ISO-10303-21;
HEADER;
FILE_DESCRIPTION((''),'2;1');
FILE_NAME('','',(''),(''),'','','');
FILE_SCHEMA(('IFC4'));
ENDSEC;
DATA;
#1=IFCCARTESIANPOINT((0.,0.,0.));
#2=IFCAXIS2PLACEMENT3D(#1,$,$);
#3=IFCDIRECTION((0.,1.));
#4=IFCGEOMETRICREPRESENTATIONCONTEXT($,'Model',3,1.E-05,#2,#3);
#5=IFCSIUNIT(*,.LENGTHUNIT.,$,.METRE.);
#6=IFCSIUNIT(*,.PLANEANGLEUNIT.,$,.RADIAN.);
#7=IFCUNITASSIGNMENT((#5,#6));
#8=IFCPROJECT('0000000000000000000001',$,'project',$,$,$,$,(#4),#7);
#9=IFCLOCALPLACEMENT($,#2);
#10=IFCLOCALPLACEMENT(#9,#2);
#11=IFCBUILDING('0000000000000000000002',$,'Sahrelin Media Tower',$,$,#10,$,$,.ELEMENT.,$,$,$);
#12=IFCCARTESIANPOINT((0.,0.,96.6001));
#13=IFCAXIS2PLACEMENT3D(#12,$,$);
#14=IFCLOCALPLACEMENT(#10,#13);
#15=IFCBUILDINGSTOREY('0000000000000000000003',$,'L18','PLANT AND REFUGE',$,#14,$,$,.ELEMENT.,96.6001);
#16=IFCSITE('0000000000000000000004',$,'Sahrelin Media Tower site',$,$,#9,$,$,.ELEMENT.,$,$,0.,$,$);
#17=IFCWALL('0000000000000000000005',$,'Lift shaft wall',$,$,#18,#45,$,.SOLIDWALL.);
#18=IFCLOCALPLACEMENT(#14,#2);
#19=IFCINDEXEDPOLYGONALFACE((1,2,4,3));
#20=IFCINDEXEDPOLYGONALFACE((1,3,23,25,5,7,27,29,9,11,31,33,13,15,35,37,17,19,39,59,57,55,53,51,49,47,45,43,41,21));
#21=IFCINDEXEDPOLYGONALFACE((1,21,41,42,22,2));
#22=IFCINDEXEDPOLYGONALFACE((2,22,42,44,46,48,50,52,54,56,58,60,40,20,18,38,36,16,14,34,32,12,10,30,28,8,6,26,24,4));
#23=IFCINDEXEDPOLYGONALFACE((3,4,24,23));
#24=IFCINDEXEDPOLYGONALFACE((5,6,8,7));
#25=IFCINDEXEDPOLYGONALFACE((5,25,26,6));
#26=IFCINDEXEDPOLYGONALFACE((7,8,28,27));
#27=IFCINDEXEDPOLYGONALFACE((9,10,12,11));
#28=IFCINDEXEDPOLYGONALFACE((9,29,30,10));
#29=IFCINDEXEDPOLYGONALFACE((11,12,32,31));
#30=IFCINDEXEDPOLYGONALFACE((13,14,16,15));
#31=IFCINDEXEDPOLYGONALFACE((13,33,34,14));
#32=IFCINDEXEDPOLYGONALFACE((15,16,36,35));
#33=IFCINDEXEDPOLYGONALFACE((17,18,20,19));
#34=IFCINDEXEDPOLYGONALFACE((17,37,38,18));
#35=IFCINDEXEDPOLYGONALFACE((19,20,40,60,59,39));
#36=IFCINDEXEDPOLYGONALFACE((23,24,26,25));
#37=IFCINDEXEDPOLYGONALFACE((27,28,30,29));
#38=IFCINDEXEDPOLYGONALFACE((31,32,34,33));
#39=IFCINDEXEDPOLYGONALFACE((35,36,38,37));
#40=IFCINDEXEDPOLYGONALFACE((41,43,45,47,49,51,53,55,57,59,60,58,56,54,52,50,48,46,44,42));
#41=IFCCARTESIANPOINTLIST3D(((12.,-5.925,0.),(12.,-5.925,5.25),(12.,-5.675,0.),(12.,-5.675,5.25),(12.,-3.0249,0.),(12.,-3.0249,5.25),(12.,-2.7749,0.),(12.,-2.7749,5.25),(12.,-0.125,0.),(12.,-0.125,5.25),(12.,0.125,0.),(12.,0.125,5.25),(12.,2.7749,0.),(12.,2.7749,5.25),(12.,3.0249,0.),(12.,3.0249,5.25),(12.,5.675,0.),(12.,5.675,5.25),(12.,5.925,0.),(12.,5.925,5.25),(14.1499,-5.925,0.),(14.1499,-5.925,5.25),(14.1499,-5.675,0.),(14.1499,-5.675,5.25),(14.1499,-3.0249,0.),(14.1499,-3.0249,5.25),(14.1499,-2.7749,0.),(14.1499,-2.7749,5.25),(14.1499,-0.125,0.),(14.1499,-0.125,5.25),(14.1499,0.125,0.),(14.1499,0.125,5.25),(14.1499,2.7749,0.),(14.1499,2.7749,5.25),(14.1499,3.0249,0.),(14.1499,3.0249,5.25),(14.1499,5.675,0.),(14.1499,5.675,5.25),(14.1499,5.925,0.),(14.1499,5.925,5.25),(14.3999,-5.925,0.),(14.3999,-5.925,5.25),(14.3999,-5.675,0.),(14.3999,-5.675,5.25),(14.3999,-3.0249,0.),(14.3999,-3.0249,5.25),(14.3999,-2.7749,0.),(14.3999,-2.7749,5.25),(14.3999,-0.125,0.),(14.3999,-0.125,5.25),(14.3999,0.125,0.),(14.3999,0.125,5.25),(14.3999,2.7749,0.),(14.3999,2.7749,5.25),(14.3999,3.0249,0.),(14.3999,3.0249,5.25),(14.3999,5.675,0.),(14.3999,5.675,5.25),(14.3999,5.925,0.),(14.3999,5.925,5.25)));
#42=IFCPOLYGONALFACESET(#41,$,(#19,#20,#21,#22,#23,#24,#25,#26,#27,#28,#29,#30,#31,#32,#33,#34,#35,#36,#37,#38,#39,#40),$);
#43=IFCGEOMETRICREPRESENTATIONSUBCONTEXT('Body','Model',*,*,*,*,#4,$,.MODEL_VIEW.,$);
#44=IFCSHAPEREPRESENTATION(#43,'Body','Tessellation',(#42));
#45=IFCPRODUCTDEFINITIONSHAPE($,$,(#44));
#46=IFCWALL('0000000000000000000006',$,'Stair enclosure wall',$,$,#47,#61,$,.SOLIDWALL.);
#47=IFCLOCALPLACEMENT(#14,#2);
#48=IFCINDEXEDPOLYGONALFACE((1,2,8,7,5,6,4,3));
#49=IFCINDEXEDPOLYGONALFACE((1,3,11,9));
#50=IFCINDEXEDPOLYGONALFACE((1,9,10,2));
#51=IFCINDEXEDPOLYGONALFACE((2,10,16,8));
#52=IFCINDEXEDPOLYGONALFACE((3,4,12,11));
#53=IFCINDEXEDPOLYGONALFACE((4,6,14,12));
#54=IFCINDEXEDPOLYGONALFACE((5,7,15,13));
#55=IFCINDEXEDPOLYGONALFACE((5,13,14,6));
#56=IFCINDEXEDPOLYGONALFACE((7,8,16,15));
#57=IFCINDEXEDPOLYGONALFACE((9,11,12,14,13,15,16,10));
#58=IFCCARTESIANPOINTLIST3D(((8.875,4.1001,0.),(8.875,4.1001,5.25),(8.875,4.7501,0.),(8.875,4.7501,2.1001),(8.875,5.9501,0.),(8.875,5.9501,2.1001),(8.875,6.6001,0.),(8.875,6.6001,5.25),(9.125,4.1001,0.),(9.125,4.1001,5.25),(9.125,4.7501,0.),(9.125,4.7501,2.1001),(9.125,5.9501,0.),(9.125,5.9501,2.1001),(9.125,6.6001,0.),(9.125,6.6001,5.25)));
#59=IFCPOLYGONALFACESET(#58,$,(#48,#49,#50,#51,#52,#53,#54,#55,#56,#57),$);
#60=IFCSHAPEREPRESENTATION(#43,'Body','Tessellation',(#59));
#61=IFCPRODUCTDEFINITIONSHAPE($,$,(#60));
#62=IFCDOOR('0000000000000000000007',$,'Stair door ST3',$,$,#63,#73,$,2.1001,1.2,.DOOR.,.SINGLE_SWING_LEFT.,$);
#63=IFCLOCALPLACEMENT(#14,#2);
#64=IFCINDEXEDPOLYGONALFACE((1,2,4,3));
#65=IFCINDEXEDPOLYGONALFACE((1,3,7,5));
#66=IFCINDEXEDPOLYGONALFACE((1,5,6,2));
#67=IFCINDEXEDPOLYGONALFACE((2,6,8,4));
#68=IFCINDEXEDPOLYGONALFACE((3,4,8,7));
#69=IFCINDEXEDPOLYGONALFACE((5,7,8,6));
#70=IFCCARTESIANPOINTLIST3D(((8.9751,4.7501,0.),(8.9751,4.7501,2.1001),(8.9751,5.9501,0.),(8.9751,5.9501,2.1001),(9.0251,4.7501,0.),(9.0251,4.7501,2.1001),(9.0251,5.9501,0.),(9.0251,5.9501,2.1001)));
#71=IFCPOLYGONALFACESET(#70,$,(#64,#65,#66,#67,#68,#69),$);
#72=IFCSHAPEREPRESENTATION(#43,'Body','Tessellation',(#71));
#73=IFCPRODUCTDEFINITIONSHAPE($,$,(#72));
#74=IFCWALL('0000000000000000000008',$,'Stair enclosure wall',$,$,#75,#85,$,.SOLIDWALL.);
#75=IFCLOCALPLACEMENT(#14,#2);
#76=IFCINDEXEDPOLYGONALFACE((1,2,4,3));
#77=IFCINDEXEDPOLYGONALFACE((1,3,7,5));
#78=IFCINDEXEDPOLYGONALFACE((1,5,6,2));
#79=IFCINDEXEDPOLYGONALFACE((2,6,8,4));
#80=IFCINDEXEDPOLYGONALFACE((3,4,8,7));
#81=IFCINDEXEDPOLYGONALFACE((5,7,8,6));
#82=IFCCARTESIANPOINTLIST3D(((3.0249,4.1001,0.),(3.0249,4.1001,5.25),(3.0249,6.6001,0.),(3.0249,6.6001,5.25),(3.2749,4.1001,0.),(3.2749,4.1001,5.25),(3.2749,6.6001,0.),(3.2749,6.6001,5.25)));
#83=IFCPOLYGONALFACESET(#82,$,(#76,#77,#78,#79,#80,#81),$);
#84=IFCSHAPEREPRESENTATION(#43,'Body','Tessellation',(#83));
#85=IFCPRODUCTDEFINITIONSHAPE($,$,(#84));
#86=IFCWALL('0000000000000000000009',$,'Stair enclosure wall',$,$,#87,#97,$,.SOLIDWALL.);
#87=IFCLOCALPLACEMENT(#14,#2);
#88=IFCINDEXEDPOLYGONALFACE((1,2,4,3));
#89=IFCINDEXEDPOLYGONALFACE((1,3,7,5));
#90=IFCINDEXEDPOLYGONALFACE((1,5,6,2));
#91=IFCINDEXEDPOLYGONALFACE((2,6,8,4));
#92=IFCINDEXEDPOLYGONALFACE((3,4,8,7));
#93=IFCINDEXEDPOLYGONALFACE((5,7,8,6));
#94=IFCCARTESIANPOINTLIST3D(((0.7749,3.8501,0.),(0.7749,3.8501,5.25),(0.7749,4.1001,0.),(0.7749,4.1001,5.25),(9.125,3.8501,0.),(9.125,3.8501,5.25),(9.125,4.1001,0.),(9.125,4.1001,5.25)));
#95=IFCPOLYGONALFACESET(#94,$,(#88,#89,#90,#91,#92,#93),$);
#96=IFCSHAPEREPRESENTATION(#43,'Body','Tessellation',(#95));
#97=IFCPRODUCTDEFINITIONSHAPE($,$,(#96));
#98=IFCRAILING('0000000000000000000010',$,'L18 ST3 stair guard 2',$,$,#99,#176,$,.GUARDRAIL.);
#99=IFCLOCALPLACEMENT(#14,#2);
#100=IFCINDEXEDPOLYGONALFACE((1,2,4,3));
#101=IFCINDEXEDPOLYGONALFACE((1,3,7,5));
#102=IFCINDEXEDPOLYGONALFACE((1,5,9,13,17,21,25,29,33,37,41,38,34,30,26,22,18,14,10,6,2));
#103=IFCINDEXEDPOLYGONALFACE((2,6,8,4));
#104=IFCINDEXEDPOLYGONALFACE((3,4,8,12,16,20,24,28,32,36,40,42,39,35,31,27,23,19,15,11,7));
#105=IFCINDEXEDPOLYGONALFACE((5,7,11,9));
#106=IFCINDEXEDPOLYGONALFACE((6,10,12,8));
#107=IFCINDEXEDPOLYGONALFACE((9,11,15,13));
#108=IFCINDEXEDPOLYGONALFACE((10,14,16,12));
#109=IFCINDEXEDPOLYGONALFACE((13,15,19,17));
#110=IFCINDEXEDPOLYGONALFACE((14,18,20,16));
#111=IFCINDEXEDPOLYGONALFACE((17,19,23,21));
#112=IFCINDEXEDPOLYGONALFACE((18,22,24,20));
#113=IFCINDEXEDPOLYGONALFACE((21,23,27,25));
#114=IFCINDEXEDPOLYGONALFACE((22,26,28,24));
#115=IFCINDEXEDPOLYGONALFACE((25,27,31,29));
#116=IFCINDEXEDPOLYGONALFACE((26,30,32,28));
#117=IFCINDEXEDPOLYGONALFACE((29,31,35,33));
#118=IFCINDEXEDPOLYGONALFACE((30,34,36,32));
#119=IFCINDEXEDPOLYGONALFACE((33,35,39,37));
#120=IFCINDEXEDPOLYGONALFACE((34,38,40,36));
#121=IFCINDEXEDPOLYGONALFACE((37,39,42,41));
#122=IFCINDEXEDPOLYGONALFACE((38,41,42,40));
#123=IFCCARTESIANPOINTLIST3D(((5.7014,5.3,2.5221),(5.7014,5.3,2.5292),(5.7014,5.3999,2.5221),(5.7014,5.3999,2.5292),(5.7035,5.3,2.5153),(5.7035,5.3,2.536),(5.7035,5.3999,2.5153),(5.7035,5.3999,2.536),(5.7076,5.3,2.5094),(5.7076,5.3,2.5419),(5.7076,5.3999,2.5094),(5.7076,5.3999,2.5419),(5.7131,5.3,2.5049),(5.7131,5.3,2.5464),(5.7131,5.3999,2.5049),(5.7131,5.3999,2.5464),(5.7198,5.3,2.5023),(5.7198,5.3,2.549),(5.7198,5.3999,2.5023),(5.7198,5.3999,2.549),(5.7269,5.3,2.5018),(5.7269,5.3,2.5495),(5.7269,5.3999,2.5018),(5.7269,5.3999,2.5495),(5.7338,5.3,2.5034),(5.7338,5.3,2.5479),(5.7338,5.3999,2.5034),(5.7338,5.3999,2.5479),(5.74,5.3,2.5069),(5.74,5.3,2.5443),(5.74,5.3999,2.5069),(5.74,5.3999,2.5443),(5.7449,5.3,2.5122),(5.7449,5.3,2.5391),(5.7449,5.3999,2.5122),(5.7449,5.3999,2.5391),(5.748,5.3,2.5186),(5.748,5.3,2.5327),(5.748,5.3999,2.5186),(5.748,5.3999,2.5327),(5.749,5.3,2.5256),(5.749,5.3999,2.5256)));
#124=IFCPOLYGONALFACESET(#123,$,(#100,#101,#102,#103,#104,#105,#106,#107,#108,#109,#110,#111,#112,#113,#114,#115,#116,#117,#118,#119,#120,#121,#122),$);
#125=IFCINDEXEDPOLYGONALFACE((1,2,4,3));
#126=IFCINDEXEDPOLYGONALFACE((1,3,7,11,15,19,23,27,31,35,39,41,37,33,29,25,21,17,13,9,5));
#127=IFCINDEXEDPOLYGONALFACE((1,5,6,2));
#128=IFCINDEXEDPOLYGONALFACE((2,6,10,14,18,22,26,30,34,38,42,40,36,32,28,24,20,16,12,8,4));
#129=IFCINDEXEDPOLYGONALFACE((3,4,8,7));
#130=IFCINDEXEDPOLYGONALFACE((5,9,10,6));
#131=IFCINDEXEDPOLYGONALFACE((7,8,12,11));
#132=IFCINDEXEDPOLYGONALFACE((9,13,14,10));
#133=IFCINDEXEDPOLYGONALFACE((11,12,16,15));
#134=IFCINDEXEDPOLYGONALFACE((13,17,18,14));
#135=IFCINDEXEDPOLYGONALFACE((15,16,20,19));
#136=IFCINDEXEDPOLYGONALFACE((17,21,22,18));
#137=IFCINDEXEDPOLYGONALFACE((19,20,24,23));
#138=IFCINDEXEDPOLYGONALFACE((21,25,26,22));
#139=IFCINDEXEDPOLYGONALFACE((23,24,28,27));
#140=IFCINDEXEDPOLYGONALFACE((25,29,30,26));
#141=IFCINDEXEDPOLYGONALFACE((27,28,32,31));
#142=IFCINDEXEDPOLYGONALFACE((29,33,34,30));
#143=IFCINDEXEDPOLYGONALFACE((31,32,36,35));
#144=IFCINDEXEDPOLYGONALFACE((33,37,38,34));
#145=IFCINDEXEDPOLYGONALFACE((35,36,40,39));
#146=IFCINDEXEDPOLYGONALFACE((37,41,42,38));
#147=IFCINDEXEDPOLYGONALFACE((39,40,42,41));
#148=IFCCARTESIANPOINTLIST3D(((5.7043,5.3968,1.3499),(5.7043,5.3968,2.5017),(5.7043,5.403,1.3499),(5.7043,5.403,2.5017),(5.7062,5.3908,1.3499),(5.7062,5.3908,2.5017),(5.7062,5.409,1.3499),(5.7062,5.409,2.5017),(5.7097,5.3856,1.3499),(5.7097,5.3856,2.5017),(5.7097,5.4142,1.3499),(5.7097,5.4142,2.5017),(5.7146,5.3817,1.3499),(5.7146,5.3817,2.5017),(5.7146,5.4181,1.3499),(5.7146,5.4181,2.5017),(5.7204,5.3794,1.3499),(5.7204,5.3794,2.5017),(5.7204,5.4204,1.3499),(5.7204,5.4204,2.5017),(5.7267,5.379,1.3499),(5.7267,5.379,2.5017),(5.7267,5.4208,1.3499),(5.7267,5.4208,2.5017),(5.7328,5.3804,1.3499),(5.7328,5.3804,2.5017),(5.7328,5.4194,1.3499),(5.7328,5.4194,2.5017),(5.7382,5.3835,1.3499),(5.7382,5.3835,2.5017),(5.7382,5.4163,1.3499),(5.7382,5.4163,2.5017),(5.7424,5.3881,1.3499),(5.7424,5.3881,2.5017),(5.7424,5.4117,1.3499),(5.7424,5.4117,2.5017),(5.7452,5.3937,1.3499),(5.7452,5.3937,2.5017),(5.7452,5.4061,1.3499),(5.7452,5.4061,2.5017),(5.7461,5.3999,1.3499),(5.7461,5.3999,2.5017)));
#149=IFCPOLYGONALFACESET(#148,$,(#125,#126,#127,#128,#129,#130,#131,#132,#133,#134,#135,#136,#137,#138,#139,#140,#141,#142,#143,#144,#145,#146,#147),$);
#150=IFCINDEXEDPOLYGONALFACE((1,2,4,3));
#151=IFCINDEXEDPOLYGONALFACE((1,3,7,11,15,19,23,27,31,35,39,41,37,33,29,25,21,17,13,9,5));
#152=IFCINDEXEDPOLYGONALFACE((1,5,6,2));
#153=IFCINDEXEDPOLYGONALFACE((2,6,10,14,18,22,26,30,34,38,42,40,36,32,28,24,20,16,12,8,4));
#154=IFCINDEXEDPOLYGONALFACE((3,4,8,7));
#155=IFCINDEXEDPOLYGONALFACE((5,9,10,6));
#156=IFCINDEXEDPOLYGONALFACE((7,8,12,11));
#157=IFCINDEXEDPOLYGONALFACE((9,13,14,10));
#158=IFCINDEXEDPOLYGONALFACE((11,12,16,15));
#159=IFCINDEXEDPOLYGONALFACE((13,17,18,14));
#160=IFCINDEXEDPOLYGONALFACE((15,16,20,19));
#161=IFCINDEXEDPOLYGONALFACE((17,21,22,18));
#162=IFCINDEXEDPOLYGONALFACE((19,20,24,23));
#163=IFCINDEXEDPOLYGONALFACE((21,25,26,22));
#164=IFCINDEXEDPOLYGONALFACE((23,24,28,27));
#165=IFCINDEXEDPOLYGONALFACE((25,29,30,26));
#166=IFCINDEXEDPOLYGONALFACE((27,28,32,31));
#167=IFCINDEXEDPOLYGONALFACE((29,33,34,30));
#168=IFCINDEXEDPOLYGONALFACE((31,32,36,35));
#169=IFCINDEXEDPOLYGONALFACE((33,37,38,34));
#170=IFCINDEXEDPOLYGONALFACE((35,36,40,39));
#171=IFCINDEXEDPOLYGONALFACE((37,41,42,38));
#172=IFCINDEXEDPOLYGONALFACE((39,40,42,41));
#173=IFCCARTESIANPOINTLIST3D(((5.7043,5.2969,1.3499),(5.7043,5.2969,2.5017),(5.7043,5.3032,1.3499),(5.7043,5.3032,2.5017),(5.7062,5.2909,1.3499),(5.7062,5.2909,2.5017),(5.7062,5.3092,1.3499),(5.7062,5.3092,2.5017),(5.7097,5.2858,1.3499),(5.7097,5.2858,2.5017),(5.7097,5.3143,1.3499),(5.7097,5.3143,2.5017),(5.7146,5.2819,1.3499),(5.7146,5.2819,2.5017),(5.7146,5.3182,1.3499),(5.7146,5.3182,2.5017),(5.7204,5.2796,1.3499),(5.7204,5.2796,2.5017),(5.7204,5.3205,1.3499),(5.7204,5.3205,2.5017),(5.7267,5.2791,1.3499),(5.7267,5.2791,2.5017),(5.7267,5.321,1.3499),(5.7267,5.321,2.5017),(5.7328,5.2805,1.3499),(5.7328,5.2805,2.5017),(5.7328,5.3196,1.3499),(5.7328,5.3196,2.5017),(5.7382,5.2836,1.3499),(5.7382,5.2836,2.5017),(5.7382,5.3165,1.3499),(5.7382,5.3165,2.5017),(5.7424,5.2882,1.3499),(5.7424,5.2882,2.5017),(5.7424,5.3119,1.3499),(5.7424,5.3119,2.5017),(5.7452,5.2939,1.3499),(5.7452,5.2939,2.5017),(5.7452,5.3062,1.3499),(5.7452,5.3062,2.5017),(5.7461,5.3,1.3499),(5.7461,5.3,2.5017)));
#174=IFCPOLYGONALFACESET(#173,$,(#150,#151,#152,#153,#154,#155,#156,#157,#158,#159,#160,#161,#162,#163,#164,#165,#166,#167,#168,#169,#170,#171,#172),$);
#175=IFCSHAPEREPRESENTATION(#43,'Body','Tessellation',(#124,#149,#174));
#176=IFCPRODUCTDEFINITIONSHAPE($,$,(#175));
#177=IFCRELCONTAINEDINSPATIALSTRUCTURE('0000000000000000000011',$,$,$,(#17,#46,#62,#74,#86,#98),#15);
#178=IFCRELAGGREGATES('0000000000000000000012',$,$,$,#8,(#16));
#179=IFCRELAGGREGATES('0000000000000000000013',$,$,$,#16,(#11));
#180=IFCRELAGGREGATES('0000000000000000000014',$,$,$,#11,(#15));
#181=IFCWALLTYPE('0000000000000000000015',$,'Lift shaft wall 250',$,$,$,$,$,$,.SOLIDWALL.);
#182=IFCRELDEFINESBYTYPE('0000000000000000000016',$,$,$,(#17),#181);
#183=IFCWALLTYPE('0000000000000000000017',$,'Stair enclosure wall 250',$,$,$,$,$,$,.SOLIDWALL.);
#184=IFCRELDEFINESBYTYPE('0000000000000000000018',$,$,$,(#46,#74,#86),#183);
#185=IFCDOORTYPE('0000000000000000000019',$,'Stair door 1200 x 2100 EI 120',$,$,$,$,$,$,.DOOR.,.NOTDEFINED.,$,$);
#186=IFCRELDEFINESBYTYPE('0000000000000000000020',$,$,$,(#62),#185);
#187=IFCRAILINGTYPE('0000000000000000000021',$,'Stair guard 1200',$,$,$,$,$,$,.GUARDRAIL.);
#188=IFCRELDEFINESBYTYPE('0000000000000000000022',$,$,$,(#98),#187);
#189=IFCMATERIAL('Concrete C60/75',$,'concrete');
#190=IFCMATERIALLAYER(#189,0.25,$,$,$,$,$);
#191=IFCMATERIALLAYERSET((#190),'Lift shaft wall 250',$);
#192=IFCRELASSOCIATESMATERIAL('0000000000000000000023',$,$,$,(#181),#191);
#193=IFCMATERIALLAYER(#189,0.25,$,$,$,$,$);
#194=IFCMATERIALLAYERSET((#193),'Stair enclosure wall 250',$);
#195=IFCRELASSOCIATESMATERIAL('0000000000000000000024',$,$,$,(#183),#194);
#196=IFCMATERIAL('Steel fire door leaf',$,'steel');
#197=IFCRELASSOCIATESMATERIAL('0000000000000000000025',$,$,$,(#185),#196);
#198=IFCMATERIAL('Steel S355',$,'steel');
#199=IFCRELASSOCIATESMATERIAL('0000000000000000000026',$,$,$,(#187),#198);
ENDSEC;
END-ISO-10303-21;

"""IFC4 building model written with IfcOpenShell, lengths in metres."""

from ifc_helpers import new_model, si_unit, direction, frame, frame_2d, origin, origin_2d, place, context, subcontext, project, spatial, polyline, rectangle, circle, outline, extrude, material, layer, layer_set, type_object, element, fill, save


model = new_model("IFC4")

# Units and contexts
model_context = context("Model", 3, precision=1e-05, world=origin(), true_north=direction((0.0, 1.0)))
body_context = subcontext(model_context, "Body", "Model", "MODEL_VIEW")
ifc_project = project(units=[si_unit("LENGTHUNIT", "METRE"), si_unit("PLANEANGLEUNIT", "RADIAN")], contexts=[model_context])

# Site, building, storey
site_placement = place(None, origin())
site = spatial("IfcSite", under=ifc_project, at=site_placement, Name="Sahrelin Media Tower site", CompositionType="ELEMENT", RefElevation=0.0)
building_placement = place(site_placement, origin())
building = spatial("IfcBuilding", under=site, at=building_placement, Name="Sahrelin Media Tower", CompositionType="ELEMENT")
storey_placement = place(building_placement, frame((0.0, 0.0, 96.6001)))
storey = spatial("IfcBuildingStorey", under=building, at=storey_placement, Name="L18", Description="PLANT AND REFUGE", CompositionType="ELEMENT", Elevation=96.6001)

# Shared definitions
placement_1 = place(storey_placement, origin())

# Shared definitions
ifc_material_1 = material(Name="Steel fire door leaf", Category="steel")

# Wall
ifc_material_2 = material(Name="Concrete C60/75", Category="concrete")
ifc_layer_1 = layer(ifc_material_2, 0.25)
ifc_layer_set_1 = layer_set([ifc_layer_1], Name="Lift shaft wall 250")
wall_type_1 = type_object("IfcWallType", Name="Lift shaft wall 250", PredefinedType="SOLIDWALL", material=ifc_layer_set_1)
element("IfcWall", 1, at=placement_1, inside=storey, type_object=wall_type_1, Name="Lift shaft wall", PredefinedType="SOLIDWALL", context=body_context, shape_type="SweptSolid", body=[
    extrude(outline(polyline([(12.0, -5.675), (12.0, -5.925), (14.1499, -5.925), (14.3999, -5.925), (14.3999, -5.675), (14.3999, -3.0249), (14.3999, -2.7749), (14.3999, -0.125), (14.3999, 0.125), (14.3999, 2.7749), (14.3999, 3.0249), (14.3999, 5.675), (14.3999, 5.925), (14.1499, 5.925), (12.0, 5.925), (12.0, 5.675), (14.1499, 5.675), (14.1499, 3.0249), (12.0, 3.0249), (12.0, 2.7749), (14.1499, 2.7749), (14.1499, 0.125), (12.0, 0.125), (12.0, -0.125), (14.1499, -0.125), (14.1499, -2.7749), (12.0, -2.7749), (12.0, -3.0249), (14.1499, -3.0249), (14.1499, -5.675), (12.0, -5.675)])), origin(), (0.0, 0.0, 1.0), 5.25),
])

# Wall, opening, door
ifc_layer_2 = layer(ifc_material_2, 0.25)
ifc_layer_set_2 = layer_set([ifc_layer_2], Name="Stair enclosure wall 250")
wall_type_2 = type_object("IfcWallType", Name="Stair enclosure wall 250", PredefinedType="SOLIDWALL", material=ifc_layer_set_2)
wall_1_placement = place(storey_placement, frame((9.0, 4.1001, 0.0), z_axis=(0.0, 0.0, 1.0), x_axis=(0.0, 1.0, 0.0)))
wall_1 = element("IfcWall", 2, at=wall_1_placement, inside=storey, type_object=wall_type_2, Name="Stair enclosure wall", PredefinedType="SOLIDWALL", context=body_context, shape_type="SweptSolid", body=[
    extrude(rectangle(XDim=2.5, YDim=0.25, at=frame_2d((1.25, 0.0))), origin(), (0.0, 0.0, 1.0), 5.25),
])
opening_1_placement = place(wall_1_placement, frame((0.6499, 0.0, 0.0)))
opening_1 = element("IfcOpeningElement", 3, at=opening_1_placement, cuts=wall_1, PredefinedType="OPENING", context=body_context, shape_type="SweptSolid", body=[
    extrude(rectangle(XDim=1.2, YDim=2.1001, at=frame_2d((0.6001, 1.05))), frame((0.0, 0.125, 0.0), z_axis=(0.0, -1.0, 0.0), x_axis=(1.0, 0.0, 0.0)), (0.0, 0.0, 1.0), 0.25),
])
door_type_1 = type_object("IfcDoorType", Name="Stair door 1200 x 2100 EI 120", OperationType="NOTDEFINED", PredefinedType="DOOR", material=ifc_material_1)
door_1_placement = place(opening_1_placement, origin())
door_1 = element("IfcDoor", 4, at=door_1_placement, inside=storey, type_object=door_type_1, Name="Stair door ST3", OperationType="SINGLE_SWING_LEFT", OverallHeight=2.1001, OverallWidth=1.2, PredefinedType="DOOR", context=body_context, shape_type="SweptSolid", body=[
    extrude(rectangle(XDim=1.2, YDim=2.1001, at=frame_2d((0.6001, 1.05))), frame((0.0, 0.0249, 0.0), z_axis=(0.0, -1.0, 0.0), x_axis=(1.0, 0.0, 0.0)), (0.0, 0.0, 1.0), 0.05),
])
fill(opening_1, door_1)

# Walls
wall_2_placement = place(storey_placement, frame((3.1499, 4.1001, 0.0), z_axis=(0.0, 0.0, 1.0), x_axis=(0.0, 1.0, 0.0)))
element("IfcWall", 5, at=wall_2_placement, inside=storey, type_object=wall_type_2, Name="Stair enclosure wall", PredefinedType="SOLIDWALL", context=body_context, shape_type="SweptSolid", body=[
    extrude(rectangle(XDim=2.5, YDim=0.25, at=frame_2d((1.25, 0.0))), origin(), (0.0, 0.0, 1.0), 5.25),
])
wall_3_placement = place(storey_placement, frame((0.7749, 3.9751, 0.0), z_axis=(0.0, 0.0, 1.0), x_axis=(1.0, 0.0, 0.0)))
element("IfcWall", 6, at=wall_3_placement, inside=storey, type_object=wall_type_2, Name="Stair enclosure wall", PredefinedType="SOLIDWALL", context=body_context, shape_type="SweptSolid", body=[
    extrude(rectangle(XDim=8.3501, YDim=0.25, at=frame_2d((4.175, 0.0))), origin(), (0.0, 0.0, 1.0), 5.25),
])

# Railing
ifc_material_3 = material(Name="Steel S355", Category="steel")
railing_type_1 = type_object("IfcRailingType", Name="Stair guard 1200", PredefinedType="GUARDRAIL", material=ifc_material_3)
railing_1_placement = place(storey_placement, frame((5.7251, 5.3999, 1.3499)))
element("IfcRailing", 7, at=railing_1_placement, inside=storey, type_object=railing_type_1, Name="L18 ST3 stair guard 2", PredefinedType="GUARDRAIL", context=body_context, shape_type="SweptSolid", body=[
    extrude(circle(Radius=0.0239, at=origin_2d()), frame((0.0, 0.0, 1.1758), z_axis=(0.0, -1.0, 0.0), x_axis=(1.0, 0.0, 0.0)), (0.0, 0.0, 1.0), 0.0999),
    extrude(circle(Radius=0.021, at=origin_2d()), origin(), (0.0, 0.0, 1.0), 1.1519),
    extrude(circle(Radius=0.021, at=origin_2d()), frame((0.0, -0.0999, 0.0)), (0.0, 0.0, 1.0), 1.1519),
])

save(model, "model.ifc")
